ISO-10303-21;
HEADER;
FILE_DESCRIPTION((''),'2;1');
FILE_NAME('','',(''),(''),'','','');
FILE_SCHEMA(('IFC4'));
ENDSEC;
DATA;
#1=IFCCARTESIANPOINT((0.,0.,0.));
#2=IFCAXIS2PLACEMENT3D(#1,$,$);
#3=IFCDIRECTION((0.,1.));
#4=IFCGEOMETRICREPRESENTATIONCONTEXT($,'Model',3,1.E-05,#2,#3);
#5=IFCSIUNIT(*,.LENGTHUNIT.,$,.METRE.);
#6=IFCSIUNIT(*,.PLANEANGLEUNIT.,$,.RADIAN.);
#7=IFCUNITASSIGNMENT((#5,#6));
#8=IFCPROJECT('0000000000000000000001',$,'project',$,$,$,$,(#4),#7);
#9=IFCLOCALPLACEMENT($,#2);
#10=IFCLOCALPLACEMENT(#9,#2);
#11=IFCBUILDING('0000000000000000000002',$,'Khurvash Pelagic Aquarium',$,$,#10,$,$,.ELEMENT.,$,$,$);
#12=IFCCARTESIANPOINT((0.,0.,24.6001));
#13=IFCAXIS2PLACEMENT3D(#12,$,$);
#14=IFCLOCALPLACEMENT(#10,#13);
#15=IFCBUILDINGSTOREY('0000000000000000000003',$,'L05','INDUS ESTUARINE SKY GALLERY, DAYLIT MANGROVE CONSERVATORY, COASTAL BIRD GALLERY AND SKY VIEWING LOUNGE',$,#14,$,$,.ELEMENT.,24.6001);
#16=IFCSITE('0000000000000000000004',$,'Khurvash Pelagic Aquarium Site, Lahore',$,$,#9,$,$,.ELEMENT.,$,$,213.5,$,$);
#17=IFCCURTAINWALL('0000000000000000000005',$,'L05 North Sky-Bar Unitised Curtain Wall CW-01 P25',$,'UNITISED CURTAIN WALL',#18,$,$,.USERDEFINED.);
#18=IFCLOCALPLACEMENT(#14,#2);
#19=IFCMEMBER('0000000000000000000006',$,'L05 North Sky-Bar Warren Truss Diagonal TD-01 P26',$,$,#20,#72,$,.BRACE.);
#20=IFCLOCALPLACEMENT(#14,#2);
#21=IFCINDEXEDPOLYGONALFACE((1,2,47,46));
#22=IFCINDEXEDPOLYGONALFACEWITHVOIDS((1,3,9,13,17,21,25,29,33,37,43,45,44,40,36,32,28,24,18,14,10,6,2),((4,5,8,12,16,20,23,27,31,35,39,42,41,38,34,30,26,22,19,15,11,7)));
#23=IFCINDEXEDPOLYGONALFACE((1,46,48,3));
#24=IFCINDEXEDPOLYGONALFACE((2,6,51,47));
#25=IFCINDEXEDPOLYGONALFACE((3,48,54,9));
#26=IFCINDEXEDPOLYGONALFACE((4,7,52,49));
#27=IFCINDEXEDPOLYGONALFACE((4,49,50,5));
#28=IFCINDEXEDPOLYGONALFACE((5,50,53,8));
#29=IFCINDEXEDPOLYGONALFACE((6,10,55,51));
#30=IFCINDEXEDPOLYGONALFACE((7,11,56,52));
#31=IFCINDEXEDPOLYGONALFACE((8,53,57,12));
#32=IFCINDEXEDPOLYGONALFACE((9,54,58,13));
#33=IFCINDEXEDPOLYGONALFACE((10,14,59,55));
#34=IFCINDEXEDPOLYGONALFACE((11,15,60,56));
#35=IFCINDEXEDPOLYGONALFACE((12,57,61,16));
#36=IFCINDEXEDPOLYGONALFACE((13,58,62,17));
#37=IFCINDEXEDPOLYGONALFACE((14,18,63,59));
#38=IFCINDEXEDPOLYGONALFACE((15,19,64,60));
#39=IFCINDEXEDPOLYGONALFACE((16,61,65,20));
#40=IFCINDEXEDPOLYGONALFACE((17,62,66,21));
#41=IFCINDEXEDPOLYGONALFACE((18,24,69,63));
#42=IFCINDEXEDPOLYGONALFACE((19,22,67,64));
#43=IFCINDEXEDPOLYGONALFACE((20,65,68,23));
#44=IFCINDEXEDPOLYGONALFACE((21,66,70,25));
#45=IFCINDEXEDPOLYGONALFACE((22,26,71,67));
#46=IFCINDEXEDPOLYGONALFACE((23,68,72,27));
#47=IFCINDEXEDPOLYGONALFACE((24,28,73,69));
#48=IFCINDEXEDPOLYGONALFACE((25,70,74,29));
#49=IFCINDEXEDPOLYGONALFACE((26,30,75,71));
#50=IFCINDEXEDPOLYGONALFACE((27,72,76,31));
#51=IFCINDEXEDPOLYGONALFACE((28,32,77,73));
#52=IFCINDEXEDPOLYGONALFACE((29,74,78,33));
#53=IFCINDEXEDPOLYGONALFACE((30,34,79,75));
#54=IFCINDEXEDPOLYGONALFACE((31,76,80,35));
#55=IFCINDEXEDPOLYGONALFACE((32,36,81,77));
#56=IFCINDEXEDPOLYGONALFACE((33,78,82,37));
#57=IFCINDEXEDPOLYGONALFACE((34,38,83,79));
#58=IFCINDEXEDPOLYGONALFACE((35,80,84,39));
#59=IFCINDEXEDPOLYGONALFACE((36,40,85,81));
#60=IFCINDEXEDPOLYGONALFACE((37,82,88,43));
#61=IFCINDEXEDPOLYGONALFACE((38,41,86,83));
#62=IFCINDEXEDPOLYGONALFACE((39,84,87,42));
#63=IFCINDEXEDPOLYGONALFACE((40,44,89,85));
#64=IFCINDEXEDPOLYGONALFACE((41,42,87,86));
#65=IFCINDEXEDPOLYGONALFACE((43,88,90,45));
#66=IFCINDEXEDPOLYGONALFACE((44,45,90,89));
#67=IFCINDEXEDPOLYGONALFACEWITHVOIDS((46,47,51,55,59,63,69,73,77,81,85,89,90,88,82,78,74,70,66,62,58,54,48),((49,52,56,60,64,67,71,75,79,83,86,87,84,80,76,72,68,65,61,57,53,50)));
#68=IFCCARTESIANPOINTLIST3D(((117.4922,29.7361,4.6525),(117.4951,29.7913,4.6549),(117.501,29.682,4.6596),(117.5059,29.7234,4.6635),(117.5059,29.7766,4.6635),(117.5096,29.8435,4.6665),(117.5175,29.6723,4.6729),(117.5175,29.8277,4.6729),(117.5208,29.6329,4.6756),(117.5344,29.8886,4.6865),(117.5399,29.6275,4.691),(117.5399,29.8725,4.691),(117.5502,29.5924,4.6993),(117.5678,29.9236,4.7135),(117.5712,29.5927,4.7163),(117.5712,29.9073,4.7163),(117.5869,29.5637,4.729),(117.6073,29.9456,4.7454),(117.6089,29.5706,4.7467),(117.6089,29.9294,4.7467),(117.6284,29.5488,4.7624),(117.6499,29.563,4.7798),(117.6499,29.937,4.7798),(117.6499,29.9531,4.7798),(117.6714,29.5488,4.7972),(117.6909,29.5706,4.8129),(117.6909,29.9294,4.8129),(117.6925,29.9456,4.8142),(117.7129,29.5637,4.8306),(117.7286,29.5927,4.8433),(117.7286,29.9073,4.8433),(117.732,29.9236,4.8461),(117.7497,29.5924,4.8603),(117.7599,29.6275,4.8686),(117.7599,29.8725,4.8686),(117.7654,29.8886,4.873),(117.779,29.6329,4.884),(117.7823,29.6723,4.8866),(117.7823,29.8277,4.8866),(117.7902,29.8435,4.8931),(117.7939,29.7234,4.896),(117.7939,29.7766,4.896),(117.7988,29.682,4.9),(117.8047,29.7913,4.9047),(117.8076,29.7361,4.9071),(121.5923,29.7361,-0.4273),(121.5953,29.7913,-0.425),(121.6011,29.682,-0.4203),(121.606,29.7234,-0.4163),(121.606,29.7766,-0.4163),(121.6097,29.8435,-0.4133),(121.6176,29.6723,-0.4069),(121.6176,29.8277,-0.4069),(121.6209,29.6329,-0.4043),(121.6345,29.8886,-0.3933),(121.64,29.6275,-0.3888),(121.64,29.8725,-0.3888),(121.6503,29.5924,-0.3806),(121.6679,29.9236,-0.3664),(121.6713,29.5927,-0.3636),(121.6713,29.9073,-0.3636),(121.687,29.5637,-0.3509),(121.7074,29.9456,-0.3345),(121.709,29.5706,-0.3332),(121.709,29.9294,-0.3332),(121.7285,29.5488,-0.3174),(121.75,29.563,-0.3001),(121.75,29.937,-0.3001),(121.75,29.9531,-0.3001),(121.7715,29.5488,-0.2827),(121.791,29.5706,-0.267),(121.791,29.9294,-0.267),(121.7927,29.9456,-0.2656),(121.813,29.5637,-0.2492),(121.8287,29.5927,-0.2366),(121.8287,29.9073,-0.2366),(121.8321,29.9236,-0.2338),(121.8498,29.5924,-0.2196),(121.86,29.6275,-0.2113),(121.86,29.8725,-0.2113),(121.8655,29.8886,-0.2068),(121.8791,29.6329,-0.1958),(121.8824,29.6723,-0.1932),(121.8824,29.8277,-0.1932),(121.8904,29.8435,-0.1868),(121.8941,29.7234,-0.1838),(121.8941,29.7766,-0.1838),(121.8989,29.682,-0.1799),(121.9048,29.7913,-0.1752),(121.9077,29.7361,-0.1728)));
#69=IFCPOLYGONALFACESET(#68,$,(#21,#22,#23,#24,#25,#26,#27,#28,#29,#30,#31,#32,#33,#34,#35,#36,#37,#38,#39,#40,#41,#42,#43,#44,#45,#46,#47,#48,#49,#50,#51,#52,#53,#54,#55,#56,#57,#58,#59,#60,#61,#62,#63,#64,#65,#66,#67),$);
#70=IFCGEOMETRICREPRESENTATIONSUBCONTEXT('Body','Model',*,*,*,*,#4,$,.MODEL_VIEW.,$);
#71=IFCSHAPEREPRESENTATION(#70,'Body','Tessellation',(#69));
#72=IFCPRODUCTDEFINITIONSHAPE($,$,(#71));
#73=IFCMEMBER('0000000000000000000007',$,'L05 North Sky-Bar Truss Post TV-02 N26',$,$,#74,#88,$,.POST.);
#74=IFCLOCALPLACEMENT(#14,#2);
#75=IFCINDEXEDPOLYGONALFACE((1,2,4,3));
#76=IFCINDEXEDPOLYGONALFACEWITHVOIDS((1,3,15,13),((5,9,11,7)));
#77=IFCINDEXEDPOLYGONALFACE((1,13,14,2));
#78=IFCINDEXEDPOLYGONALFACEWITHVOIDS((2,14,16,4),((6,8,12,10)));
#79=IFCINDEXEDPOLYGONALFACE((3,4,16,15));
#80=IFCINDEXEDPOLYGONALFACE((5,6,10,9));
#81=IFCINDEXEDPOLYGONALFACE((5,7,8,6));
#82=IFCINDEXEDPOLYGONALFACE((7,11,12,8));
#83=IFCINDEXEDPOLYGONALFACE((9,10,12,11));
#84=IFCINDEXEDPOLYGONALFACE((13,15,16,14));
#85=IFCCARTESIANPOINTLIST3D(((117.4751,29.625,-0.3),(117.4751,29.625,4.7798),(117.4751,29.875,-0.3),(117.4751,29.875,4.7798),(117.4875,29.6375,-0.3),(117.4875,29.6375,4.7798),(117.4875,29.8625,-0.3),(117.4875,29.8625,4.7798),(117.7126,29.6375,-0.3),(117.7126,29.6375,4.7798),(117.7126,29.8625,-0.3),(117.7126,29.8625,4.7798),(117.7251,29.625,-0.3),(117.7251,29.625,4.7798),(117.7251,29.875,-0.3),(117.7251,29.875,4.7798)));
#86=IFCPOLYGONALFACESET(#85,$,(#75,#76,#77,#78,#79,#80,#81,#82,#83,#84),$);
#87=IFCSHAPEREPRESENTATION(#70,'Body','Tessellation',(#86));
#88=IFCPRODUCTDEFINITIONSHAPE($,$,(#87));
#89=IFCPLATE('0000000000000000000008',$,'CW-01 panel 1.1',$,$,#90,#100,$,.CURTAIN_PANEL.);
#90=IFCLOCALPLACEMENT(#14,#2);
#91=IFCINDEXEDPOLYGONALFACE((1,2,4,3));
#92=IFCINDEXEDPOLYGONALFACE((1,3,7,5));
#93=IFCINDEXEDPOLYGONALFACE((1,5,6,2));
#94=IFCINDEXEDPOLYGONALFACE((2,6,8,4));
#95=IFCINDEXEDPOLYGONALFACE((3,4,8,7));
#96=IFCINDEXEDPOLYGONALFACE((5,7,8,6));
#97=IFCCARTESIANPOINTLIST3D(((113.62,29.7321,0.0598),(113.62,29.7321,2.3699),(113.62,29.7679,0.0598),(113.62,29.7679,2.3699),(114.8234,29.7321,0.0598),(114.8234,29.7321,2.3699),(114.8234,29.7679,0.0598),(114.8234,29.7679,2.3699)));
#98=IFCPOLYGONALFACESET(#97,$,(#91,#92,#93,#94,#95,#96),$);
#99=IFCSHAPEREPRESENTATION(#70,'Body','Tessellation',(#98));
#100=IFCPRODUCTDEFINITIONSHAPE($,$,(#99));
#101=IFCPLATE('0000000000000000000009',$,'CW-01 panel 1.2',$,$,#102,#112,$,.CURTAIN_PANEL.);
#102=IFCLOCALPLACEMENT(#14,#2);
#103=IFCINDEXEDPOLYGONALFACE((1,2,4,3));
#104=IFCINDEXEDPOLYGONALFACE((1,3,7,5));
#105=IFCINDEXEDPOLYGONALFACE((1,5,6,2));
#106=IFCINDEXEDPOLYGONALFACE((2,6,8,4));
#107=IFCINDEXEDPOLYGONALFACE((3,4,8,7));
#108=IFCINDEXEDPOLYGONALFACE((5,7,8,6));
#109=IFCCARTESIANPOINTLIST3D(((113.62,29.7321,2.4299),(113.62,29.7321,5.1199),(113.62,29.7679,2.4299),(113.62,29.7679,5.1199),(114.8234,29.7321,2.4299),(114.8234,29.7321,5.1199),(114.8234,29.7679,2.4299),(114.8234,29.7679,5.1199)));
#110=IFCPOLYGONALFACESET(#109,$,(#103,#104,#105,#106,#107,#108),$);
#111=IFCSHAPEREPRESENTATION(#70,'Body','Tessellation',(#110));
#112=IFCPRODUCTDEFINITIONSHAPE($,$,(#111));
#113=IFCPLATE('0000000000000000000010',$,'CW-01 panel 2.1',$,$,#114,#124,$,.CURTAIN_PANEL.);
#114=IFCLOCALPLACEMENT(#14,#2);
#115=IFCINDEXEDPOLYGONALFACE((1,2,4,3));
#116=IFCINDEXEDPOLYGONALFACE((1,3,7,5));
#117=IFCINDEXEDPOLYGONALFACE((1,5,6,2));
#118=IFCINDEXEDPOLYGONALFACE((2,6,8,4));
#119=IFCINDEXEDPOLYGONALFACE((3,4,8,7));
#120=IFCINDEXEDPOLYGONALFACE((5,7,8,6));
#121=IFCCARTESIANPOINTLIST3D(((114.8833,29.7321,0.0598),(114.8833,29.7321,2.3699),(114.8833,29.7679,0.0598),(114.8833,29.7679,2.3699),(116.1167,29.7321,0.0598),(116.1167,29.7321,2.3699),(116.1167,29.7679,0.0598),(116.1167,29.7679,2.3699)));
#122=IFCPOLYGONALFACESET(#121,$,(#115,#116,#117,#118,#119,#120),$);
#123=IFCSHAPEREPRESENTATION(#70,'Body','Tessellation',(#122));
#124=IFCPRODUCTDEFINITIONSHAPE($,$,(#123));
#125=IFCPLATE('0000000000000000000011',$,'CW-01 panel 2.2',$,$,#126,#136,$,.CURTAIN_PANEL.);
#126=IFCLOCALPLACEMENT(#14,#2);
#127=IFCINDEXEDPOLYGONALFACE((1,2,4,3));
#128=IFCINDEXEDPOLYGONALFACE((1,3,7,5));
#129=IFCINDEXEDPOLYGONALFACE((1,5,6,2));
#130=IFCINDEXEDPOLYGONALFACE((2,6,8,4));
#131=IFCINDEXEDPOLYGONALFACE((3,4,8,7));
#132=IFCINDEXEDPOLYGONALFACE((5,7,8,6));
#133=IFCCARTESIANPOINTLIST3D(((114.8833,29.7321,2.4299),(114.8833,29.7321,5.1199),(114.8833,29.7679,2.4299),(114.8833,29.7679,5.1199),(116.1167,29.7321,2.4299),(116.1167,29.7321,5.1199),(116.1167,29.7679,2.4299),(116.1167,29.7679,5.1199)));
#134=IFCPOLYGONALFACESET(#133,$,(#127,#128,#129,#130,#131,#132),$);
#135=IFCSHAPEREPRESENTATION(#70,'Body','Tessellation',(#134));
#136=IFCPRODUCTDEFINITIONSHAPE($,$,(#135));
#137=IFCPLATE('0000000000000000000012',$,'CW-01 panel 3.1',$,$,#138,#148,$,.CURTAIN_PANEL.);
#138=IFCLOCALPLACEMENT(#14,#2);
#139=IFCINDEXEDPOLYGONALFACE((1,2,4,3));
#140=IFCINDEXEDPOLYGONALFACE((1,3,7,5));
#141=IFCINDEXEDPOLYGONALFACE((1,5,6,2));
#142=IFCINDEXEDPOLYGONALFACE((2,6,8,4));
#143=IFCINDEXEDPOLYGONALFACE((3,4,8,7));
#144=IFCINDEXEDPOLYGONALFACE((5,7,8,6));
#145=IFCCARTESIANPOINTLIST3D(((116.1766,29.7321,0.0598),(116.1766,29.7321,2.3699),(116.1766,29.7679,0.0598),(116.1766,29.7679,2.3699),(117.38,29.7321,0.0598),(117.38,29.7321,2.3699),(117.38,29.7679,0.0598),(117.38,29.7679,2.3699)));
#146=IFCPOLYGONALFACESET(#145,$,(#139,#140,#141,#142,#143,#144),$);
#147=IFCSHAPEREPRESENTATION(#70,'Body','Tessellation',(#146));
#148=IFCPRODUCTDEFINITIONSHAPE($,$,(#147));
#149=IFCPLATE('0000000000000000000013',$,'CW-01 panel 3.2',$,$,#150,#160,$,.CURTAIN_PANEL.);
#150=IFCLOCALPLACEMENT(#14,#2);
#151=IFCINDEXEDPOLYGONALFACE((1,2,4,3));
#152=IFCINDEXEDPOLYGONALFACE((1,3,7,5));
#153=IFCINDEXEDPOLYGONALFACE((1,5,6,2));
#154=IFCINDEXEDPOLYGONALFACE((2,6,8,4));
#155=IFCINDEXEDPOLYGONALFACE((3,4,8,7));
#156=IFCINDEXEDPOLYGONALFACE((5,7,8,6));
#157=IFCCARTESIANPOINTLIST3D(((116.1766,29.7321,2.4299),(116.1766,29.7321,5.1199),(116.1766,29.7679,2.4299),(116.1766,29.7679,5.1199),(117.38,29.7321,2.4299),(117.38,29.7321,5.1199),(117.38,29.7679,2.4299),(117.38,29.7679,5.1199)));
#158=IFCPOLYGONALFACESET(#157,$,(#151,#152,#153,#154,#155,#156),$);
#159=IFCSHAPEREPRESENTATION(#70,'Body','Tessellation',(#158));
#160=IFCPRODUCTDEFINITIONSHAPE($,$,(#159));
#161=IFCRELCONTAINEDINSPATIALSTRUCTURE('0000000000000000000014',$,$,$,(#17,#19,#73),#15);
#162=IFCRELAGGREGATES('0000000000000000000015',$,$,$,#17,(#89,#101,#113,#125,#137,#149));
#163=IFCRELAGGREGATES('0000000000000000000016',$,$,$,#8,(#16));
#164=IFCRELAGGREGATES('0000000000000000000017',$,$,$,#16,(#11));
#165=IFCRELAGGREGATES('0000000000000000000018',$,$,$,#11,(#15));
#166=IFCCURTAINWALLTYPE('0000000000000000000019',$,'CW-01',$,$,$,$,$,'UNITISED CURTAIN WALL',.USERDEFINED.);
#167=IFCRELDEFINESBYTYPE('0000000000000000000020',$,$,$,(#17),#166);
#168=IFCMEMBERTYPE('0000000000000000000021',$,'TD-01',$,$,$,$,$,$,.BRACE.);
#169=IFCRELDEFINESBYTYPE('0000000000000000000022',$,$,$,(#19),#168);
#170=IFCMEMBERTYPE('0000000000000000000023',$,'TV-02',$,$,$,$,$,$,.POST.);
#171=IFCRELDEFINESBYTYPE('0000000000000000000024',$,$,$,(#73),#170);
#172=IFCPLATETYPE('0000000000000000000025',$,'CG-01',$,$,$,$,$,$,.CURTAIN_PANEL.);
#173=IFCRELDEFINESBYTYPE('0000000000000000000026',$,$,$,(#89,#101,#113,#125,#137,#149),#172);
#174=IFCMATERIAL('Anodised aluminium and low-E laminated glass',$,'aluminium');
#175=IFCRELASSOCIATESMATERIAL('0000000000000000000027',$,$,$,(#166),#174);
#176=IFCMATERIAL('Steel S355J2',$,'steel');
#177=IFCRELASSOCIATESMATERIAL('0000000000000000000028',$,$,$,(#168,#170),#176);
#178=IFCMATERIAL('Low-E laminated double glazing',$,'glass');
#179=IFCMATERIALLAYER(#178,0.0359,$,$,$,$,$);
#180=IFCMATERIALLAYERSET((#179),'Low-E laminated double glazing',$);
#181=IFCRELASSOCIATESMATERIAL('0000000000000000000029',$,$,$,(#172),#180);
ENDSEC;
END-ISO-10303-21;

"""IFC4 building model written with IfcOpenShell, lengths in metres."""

from ifc_helpers import new_model, si_unit, direction, frame, origin, origin_2d, place, context, subcontext, project, spatial, rectangle, hollow_rectangle, hollow_circle, extrude, material, layer, layer_set, material_profile, profile_set, type_object, element, aggregate, save


model = new_model("IFC4")

# Units and contexts
model_context = context("Model", 3, precision=1e-05, world=origin(), true_north=direction((0.0, 1.0)))
body_context = subcontext(model_context, "Body", "Model", "MODEL_VIEW")
ifc_project = project(units=[si_unit("LENGTHUNIT", "METRE"), si_unit("PLANEANGLEUNIT", "RADIAN")], contexts=[model_context])

# Site, building, storey
site_placement = place(None, origin())
site = spatial("IfcSite", under=ifc_project, at=site_placement, Name="Khurvash Pelagic Aquarium Site, Lahore", CompositionType="ELEMENT", RefElevation=213.5)
building_placement = place(site_placement, origin())
building = spatial("IfcBuilding", under=site, at=building_placement, Name="Khurvash Pelagic Aquarium", CompositionType="ELEMENT")
storey_placement = place(building_placement, frame((0.0, 0.0, 24.6001)))
storey = spatial("IfcBuildingStorey", under=building, at=storey_placement, Name="L05", Description="INDUS ESTUARINE SKY GALLERY, DAYLIT MANGROVE CONSERVATORY, COASTAL BIRD GALLERY AND SKY VIEWING LOUNGE", CompositionType="ELEMENT", Elevation=24.6001)

# Curtain wall
ifc_material_1 = material(Name="Anodised aluminium and low-E laminated glass", Category="aluminium")
curtain_wall_type = type_object("IfcCurtainWallType", Name="CW-01", ElementType="UNITISED CURTAIN WALL", PredefinedType="USERDEFINED", material=ifc_material_1)
curtain_wall_1_placement = place(storey_placement, origin())
curtain_wall_1 = element("IfcCurtainWall", 1, at=curtain_wall_1_placement, inside=storey, type_object=curtain_wall_type, Name="L05 North Sky-Bar Unitised Curtain Wall CW-01 P25", ObjectType="UNITISED CURTAIN WALL", PredefinedType="USERDEFINED")

# Members
ifc_material_2 = material(Name="Steel S355J2", Category="steel")
ifc_material_profile_1 = material_profile(ifc_material_2, hollow_circle(Radius=0.2031, WallThickness=0.0161, at=origin_2d()), Name="CHS406X16")
ifc_profile_set_1 = profile_set([ifc_material_profile_1], Name="Steel S355J2")
member_type_1 = type_object("IfcMemberType", Name="TD-01", PredefinedType="BRACE", material=ifc_profile_set_1)
for number, where, z_axis, x_axis, name in (
    (2, (117.6499, 29.75, 4.7798), (0.628073, 0.0, -0.778154), (0.0, 1.0, 0.0), "L05 North Sky-Bar Warren Truss Diagonal TD-01 P26"),
):
    element("IfcMember", number, at=place(storey_placement, frame(where, z_axis=z_axis, x_axis=x_axis)), inside=storey, type_object=member_type_1, Name=name, PredefinedType="BRACE", context=body_context, shape_type="SweptSolid", body=[
        extrude(hollow_circle(Radius=0.2031, WallThickness=0.0161, at=origin_2d()), origin(), (0.0, 0.0, 1.0), 6.5281),
    ])
ifc_material_profile_2 = material_profile(ifc_material_2, hollow_rectangle(XDim=0.25, YDim=0.25, WallThickness=0.0125, at=origin_2d()), Name="SHS250X250X12")
ifc_profile_set_2 = profile_set([ifc_material_profile_2], Name="Steel S355J2")
member_type_2 = type_object("IfcMemberType", Name="TV-02", PredefinedType="POST", material=ifc_profile_set_2)
member_1_placement = place(storey_placement, frame((117.6001, 29.75, -0.3), z_axis=(0.0, 0.0, 1.0), x_axis=(1.0, 0.0, 0.0)))
element("IfcMember", 3, at=member_1_placement, inside=storey, type_object=member_type_2, Name="L05 North Sky-Bar Truss Post TV-02 N26", PredefinedType="POST", context=body_context, shape_type="SweptSolid", body=[
    extrude(hollow_rectangle(XDim=0.25, YDim=0.25, WallThickness=0.0125, at=origin_2d()), origin(), (0.0, 0.0, 1.0), 5.0798),
])

# Plates
ifc_material_3 = material(Name="Low-E laminated double glazing", Category="glass")
ifc_layer = layer(ifc_material_3, 0.0359)
ifc_layer_set = layer_set([ifc_layer], Name="Low-E laminated double glazing")
plate_type = type_object("IfcPlateType", Name="CG-01", PredefinedType="CURTAIN_PANEL", material=ifc_layer_set)
plate_1_placement = place(storey_placement, frame((114.2217, 29.75, 0.0598), z_axis=(0.0, 0.0, 1.0), x_axis=(1.0, 0.0, 0.0)))
plate_1 = element("IfcPlate", 4, at=plate_1_placement, type_object=plate_type, Name="CW-01 panel 1.1", PredefinedType="CURTAIN_PANEL", context=body_context, shape_type="SweptSolid", body=[
    extrude(rectangle(XDim=1.2034, YDim=0.0359, at=origin_2d()), origin(), (0.0, 0.0, 1.0), 2.3101),
])
plate_2_placement = place(storey_placement, frame((114.2217, 29.75, 2.4299), z_axis=(0.0, 0.0, 1.0), x_axis=(1.0, 0.0, 0.0)))
plate_2 = element("IfcPlate", 5, at=plate_2_placement, type_object=plate_type, Name="CW-01 panel 1.2", PredefinedType="CURTAIN_PANEL", context=body_context, shape_type="SweptSolid", body=[
    extrude(rectangle(XDim=1.2034, YDim=0.0359, at=origin_2d()), origin(), (0.0, 0.0, 1.0), 2.6899),
])
plate_3_placement = place(storey_placement, frame((115.5, 29.75, 0.0598), z_axis=(0.0, 0.0, 1.0), x_axis=(1.0, 0.0, 0.0)))
plate_3 = element("IfcPlate", 6, at=plate_3_placement, type_object=plate_type, Name="CW-01 panel 2.1", PredefinedType="CURTAIN_PANEL", context=body_context, shape_type="SweptSolid", body=[
    extrude(rectangle(XDim=1.2334, YDim=0.0359, at=origin_2d()), origin(), (0.0, 0.0, 1.0), 2.3101),
])
plate_4_placement = place(storey_placement, frame((115.5, 29.75, 2.4299), z_axis=(0.0, 0.0, 1.0), x_axis=(1.0, 0.0, 0.0)))
plate_4 = element("IfcPlate", 7, at=plate_4_placement, type_object=plate_type, Name="CW-01 panel 2.2", PredefinedType="CURTAIN_PANEL", context=body_context, shape_type="SweptSolid", body=[
    extrude(rectangle(XDim=1.2334, YDim=0.0359, at=origin_2d()), origin(), (0.0, 0.0, 1.0), 2.6899),
])
plate_5_placement = place(storey_placement, frame((116.7783, 29.75, 0.0598), z_axis=(0.0, 0.0, 1.0), x_axis=(1.0, 0.0, 0.0)))
plate_5 = element("IfcPlate", 8, at=plate_5_placement, type_object=plate_type, Name="CW-01 panel 3.1", PredefinedType="CURTAIN_PANEL", context=body_context, shape_type="SweptSolid", body=[
    extrude(rectangle(XDim=1.2034, YDim=0.0359, at=origin_2d()), origin(), (0.0, 0.0, 1.0), 2.3101),
])
plate_6_placement = place(storey_placement, frame((116.7783, 29.75, 2.4299), z_axis=(0.0, 0.0, 1.0), x_axis=(1.0, 0.0, 0.0)))
plate_6 = element("IfcPlate", 9, at=plate_6_placement, type_object=plate_type, Name="CW-01 panel 3.2", PredefinedType="CURTAIN_PANEL", context=body_context, shape_type="SweptSolid", body=[
    extrude(rectangle(XDim=1.2034, YDim=0.0359, at=origin_2d()), origin(), (0.0, 0.0, 1.0), 2.6899),
])
aggregate(curtain_wall_1, [plate_1, plate_2, plate_3, plate_4, plate_5, plate_6])

save(model, "model.ifc")
